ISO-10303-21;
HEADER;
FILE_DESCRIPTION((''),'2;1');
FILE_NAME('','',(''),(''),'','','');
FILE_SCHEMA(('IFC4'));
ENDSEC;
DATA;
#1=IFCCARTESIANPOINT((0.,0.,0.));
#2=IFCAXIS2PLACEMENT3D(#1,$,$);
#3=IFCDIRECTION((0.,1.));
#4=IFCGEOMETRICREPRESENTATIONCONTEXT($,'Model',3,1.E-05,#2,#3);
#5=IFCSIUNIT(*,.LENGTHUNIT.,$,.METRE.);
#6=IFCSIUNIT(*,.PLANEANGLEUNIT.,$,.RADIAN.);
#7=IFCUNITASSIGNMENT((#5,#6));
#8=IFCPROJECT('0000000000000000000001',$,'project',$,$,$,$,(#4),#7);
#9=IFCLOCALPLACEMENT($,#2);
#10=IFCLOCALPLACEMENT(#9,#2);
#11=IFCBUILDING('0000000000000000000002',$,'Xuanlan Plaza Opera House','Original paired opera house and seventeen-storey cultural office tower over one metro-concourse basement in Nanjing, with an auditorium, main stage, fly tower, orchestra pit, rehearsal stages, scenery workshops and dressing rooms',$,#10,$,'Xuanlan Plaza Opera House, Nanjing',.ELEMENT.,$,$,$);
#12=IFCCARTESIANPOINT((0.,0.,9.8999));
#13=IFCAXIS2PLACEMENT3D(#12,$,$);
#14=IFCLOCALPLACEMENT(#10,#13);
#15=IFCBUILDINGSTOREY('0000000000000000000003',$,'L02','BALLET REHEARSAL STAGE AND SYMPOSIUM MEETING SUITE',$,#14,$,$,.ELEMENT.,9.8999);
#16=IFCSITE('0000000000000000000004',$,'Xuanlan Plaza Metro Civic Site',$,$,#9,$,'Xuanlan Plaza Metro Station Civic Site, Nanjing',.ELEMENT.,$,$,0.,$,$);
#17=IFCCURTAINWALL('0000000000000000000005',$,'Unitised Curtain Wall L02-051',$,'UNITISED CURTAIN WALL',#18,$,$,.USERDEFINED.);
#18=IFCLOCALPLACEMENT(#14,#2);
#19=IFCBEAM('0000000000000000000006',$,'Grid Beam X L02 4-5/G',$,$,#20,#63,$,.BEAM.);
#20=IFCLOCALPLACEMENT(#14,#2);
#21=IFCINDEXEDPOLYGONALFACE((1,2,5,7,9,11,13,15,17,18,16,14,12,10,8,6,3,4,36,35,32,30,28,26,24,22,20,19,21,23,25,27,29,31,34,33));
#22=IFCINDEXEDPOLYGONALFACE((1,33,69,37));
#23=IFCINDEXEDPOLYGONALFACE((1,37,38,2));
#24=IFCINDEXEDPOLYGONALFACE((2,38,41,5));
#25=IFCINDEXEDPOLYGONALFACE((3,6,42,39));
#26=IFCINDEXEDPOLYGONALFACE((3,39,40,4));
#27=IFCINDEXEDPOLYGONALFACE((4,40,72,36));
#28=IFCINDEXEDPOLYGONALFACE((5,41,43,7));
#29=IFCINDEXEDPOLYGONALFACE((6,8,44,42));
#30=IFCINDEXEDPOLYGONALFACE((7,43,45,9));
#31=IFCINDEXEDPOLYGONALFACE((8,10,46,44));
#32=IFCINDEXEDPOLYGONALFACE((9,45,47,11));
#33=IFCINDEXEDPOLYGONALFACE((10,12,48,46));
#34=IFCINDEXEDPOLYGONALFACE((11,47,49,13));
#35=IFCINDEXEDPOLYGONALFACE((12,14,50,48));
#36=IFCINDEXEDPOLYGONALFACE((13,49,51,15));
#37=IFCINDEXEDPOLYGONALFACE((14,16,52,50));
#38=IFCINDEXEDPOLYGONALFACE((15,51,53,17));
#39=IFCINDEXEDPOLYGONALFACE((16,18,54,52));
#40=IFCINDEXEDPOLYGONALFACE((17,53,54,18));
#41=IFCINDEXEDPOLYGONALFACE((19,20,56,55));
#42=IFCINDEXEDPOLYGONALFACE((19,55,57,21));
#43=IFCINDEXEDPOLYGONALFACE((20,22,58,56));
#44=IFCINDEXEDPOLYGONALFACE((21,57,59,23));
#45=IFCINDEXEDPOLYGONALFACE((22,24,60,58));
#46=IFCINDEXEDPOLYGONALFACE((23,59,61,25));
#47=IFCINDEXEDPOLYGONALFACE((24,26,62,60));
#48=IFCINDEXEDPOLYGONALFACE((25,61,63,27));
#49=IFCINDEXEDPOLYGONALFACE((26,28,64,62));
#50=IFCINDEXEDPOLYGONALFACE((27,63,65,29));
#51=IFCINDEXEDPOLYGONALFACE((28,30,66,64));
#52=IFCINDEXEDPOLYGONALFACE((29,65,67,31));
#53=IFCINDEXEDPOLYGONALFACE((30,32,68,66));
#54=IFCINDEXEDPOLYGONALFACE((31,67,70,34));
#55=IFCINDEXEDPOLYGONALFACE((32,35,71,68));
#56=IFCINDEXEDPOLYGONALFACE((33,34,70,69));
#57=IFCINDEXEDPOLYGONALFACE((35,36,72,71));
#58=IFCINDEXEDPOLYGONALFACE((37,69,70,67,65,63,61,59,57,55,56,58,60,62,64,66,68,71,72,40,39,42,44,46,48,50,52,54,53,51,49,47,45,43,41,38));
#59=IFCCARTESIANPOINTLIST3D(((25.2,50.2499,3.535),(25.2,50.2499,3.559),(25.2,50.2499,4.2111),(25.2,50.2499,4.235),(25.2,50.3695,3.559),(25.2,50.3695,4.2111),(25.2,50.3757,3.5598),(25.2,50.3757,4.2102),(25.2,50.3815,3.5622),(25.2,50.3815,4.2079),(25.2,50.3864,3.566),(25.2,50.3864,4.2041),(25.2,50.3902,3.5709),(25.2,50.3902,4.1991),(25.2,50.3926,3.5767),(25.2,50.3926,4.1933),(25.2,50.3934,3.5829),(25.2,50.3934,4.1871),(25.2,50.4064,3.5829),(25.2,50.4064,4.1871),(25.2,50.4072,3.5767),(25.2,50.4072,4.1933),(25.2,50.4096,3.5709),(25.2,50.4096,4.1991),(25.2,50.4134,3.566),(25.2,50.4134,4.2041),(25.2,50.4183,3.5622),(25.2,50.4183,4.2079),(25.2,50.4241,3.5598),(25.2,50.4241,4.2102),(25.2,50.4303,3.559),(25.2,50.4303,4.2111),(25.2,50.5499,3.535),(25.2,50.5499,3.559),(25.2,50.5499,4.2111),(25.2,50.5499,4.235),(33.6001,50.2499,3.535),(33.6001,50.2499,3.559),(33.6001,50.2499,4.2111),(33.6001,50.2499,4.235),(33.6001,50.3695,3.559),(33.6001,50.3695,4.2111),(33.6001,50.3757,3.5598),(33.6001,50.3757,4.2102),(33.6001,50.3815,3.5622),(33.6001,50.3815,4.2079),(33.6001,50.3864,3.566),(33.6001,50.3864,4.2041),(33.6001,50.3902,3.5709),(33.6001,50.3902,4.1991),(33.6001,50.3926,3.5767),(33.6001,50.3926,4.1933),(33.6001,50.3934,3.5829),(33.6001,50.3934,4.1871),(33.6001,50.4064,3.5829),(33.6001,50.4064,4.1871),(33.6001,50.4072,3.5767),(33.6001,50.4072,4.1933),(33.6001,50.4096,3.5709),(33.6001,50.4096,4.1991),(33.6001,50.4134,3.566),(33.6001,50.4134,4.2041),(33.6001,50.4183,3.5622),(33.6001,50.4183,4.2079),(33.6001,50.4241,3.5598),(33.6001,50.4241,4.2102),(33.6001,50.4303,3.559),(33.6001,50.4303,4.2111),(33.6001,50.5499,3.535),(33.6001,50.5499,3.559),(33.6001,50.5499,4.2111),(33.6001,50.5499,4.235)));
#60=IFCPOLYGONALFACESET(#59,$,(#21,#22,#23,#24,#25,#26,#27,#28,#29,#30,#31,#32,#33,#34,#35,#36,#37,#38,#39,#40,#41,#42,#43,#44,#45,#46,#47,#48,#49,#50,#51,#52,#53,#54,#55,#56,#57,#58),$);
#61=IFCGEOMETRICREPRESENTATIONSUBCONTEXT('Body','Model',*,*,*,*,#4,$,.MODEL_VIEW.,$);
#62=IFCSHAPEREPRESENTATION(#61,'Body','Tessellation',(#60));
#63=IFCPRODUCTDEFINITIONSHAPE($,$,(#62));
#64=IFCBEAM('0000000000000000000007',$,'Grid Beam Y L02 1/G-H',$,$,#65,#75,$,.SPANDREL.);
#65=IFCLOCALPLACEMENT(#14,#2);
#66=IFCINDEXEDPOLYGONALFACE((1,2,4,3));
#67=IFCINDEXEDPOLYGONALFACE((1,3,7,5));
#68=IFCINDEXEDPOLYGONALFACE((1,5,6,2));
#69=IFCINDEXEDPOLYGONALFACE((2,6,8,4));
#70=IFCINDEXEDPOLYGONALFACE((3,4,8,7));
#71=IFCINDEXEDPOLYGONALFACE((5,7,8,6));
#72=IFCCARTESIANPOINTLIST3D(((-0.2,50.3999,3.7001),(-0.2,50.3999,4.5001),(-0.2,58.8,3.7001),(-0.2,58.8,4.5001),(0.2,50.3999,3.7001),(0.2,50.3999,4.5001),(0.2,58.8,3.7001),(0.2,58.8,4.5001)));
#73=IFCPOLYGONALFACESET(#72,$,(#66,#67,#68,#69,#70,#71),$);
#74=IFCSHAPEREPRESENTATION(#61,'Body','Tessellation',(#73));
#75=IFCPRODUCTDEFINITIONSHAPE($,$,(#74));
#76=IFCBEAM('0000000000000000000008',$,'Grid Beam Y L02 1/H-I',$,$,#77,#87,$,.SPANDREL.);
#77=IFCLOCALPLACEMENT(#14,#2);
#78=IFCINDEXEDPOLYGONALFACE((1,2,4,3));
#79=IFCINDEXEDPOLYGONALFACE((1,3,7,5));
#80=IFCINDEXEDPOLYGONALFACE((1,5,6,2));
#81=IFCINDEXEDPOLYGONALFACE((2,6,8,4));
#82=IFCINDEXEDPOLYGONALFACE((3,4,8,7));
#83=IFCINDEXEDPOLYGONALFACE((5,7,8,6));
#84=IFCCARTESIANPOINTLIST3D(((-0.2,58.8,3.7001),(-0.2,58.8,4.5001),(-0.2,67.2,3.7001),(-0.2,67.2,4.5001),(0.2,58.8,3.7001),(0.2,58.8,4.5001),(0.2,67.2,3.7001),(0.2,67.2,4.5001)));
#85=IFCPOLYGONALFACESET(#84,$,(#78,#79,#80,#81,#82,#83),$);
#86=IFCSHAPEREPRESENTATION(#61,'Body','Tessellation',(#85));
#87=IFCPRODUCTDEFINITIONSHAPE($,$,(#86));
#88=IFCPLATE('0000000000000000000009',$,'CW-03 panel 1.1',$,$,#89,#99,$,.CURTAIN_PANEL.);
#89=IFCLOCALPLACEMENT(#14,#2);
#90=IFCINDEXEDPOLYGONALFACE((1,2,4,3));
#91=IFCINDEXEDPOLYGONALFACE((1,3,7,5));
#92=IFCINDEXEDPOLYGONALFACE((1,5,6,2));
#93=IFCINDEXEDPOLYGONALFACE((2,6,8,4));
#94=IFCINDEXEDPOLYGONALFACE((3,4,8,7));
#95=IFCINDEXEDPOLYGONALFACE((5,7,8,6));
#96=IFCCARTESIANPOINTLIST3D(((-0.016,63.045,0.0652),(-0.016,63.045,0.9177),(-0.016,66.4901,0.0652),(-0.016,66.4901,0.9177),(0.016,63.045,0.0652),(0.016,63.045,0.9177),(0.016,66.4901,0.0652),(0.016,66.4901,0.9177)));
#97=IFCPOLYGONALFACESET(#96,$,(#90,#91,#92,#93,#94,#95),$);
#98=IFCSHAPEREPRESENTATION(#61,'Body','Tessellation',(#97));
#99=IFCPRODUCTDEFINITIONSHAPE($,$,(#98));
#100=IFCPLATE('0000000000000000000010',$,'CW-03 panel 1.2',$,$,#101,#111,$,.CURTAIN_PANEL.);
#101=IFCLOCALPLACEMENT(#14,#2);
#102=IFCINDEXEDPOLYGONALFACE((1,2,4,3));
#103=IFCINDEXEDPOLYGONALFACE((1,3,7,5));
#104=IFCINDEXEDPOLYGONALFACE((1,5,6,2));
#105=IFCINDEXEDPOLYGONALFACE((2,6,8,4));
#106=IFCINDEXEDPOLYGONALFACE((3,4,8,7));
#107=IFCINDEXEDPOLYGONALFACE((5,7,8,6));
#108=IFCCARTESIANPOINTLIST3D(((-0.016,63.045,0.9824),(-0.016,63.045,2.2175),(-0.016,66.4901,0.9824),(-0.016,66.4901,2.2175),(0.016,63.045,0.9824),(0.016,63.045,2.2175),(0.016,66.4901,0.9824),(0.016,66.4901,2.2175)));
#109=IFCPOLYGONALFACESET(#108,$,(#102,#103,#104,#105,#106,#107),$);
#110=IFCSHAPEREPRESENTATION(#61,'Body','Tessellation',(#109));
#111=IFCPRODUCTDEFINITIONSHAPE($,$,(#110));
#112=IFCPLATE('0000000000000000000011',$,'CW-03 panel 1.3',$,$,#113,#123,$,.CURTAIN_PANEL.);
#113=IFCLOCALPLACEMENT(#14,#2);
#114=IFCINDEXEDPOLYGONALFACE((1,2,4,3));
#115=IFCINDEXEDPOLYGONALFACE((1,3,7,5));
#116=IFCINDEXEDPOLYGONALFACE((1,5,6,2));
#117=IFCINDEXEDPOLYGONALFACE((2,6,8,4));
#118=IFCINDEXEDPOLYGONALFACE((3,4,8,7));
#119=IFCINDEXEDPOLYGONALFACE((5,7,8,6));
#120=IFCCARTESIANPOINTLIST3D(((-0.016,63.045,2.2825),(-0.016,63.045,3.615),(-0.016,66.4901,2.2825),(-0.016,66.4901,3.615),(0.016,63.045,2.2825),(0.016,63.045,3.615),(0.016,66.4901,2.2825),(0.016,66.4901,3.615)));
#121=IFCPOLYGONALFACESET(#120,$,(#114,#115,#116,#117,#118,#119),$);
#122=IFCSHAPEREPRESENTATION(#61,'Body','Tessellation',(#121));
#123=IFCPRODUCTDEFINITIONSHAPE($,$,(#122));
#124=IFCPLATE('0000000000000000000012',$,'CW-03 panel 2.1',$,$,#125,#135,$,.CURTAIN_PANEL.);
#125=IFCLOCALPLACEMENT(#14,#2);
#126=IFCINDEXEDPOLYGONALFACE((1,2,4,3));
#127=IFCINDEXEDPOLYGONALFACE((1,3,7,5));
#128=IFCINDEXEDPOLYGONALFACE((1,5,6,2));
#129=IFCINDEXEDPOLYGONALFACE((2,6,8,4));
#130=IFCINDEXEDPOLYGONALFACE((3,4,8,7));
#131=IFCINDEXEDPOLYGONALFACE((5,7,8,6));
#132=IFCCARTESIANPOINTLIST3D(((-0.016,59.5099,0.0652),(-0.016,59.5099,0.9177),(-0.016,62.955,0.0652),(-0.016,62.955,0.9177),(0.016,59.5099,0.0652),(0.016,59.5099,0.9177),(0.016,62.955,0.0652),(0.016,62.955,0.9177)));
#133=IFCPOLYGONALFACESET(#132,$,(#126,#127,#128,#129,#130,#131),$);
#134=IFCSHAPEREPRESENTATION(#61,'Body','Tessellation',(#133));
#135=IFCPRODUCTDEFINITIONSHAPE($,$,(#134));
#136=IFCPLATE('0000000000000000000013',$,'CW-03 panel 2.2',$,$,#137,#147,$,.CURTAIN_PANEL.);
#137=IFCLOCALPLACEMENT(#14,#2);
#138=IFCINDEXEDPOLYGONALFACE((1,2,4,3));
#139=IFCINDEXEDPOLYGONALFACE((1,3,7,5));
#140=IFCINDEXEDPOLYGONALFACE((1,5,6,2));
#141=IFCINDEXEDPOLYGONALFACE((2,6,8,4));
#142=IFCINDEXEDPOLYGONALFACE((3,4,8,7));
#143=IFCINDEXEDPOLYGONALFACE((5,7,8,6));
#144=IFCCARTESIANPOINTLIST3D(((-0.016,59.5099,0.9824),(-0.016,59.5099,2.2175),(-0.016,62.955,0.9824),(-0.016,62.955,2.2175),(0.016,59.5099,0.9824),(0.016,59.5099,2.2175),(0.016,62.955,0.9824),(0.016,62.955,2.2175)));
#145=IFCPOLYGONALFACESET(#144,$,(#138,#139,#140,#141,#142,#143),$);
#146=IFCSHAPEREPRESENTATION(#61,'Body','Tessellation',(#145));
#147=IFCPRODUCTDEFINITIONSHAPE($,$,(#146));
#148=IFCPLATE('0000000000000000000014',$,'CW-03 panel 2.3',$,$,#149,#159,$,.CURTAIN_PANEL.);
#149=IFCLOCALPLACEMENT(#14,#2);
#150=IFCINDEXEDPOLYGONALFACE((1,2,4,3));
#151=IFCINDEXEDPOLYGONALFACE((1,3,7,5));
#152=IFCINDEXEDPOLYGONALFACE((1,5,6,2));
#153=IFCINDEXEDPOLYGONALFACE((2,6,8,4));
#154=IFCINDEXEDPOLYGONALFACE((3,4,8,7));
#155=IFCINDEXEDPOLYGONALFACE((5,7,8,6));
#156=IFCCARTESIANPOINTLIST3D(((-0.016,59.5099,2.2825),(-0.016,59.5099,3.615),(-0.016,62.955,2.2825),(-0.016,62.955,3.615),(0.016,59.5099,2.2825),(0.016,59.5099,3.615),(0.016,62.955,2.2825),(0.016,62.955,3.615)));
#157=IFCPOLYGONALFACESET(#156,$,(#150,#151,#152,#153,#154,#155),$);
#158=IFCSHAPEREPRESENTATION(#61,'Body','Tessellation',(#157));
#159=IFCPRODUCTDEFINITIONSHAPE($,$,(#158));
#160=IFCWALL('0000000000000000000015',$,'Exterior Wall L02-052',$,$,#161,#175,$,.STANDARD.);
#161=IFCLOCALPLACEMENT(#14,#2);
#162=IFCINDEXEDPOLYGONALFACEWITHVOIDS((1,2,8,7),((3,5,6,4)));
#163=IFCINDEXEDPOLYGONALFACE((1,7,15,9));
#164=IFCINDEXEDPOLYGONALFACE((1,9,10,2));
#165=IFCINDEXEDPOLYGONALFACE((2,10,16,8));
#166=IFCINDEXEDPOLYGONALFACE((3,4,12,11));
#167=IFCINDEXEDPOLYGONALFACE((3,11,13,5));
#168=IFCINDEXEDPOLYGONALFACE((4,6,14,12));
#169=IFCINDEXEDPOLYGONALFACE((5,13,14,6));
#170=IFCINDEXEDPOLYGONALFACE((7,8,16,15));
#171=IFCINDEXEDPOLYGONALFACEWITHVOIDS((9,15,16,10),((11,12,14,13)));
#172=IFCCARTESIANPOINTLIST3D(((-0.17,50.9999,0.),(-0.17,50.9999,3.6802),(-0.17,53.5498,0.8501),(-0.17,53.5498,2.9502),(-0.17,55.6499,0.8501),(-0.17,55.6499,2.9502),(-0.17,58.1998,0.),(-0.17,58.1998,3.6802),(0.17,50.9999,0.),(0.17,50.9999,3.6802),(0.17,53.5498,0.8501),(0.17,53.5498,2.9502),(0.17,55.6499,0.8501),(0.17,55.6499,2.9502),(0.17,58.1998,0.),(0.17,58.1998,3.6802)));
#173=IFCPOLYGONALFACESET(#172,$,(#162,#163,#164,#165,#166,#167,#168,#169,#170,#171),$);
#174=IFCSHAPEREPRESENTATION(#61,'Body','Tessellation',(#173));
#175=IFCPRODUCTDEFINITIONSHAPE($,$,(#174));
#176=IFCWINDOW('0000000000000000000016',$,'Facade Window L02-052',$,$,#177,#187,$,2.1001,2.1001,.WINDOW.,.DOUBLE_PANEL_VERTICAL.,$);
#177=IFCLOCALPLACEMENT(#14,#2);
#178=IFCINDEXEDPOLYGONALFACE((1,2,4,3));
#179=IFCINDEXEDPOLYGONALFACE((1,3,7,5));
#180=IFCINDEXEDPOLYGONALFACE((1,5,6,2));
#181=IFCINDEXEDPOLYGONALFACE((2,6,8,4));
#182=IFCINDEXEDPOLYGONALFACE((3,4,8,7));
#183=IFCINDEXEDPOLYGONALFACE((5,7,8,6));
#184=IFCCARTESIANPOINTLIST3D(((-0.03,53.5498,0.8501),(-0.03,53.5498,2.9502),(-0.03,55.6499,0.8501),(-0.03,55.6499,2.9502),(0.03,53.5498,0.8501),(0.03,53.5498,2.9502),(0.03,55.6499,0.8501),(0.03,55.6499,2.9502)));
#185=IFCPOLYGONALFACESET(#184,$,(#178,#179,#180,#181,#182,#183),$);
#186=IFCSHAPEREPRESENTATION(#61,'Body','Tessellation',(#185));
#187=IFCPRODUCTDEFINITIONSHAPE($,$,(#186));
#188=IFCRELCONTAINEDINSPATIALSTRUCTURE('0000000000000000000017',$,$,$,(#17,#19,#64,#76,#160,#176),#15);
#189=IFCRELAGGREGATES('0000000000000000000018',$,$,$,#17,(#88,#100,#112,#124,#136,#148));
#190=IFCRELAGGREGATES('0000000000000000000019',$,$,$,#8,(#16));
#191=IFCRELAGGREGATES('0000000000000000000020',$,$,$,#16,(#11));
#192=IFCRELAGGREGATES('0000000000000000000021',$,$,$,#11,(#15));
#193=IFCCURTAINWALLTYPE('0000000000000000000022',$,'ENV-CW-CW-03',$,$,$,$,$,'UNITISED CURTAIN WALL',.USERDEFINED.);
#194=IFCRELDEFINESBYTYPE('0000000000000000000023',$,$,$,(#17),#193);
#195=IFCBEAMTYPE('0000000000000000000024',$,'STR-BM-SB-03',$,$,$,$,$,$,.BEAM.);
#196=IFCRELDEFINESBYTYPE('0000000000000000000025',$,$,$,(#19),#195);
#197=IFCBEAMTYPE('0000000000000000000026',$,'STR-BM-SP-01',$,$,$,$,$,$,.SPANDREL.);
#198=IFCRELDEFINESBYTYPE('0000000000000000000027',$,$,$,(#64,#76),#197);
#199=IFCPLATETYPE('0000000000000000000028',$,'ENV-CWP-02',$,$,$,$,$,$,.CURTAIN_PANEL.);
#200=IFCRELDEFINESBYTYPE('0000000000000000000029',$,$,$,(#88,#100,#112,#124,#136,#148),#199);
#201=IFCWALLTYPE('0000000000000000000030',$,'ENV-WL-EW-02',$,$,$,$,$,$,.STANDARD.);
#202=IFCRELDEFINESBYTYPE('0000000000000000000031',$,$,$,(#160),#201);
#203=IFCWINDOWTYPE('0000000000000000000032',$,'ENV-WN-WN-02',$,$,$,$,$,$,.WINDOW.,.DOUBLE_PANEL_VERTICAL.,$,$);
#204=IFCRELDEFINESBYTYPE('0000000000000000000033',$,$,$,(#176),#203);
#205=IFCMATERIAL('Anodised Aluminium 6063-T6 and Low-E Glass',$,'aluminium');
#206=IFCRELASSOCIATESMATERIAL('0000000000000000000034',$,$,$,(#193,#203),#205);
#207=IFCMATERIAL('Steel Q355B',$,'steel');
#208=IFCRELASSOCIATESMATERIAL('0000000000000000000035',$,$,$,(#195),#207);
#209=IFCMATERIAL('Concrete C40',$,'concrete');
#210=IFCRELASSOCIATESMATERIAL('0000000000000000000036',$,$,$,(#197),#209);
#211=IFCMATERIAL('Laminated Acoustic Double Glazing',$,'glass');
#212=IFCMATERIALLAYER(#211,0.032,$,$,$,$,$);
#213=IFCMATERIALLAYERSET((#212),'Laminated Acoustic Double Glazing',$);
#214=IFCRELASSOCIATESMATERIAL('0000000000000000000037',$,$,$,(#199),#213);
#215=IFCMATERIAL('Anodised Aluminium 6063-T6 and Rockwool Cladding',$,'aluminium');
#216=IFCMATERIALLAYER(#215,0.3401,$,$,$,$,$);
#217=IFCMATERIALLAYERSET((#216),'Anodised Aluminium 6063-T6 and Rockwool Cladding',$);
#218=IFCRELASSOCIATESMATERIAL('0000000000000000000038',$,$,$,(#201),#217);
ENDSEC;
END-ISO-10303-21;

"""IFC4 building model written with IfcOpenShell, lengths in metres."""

from ifc_helpers import new_model, si_unit, direction, frame, frame_2d, origin, origin_2d, place, context, subcontext, project, spatial, rectangle, i_section, extrude, material, layer, layer_set, material_profile, profile_set, type_object, element, fill, aggregate, save


model = new_model("IFC4")

# Units and contexts
model_context = context("Model", 3, precision=1e-05, world=origin(), true_north=direction((0.0, 1.0)))
body_context = subcontext(model_context, "Body", "Model", "MODEL_VIEW")
ifc_project = project(units=[si_unit("LENGTHUNIT", "METRE"), si_unit("PLANEANGLEUNIT", "RADIAN")], contexts=[model_context])

# Site, building, storey
site_placement = place(None, origin())
site = spatial("IfcSite", under=ifc_project, at=site_placement, Name="Xuanlan Plaza Metro Civic Site", LongName="Xuanlan Plaza Metro Station Civic Site, Nanjing", CompositionType="ELEMENT", RefElevation=0.0)
building_placement = place(site_placement, origin())
building = spatial("IfcBuilding", under=site, at=building_placement, Name="Xuanlan Plaza Opera House", Description="Original paired opera house and seventeen-storey cultural office tower over one metro-concourse basement in Nanjing, with an auditorium, main stage, fly tower, orchestra pit, rehearsal stages, scenery workshops and dressing rooms", LongName="Xuanlan Plaza Opera House, Nanjing", CompositionType="ELEMENT")
storey_placement = place(building_placement, frame((0.0, 0.0, 9.8999)))
storey = spatial("IfcBuildingStorey", under=building, at=storey_placement, Name="L02", Description="BALLET REHEARSAL STAGE AND SYMPOSIUM MEETING SUITE", CompositionType="ELEMENT", Elevation=9.8999)

# Curtain wall
ifc_material_1 = material(Name="Anodised Aluminium 6063-T6 and Low-E Glass", Category="aluminium")
curtain_wall_type = type_object("IfcCurtainWallType", Name="ENV-CW-CW-03", ElementType="UNITISED CURTAIN WALL", PredefinedType="USERDEFINED", material=ifc_material_1)
curtain_wall_placement = place(storey_placement, origin())
curtain_wall = element("IfcCurtainWall", 1, at=curtain_wall_placement, inside=storey, type_object=curtain_wall_type, Name="Unitised Curtain Wall L02-051", ObjectType="UNITISED CURTAIN WALL", PredefinedType="USERDEFINED")

# Beams
ifc_material_2 = material(Name="Steel Q355B", Category="steel")
ifc_material_profile_1 = material_profile(ifc_material_2, i_section(OverallWidth=0.3, OverallDepth=0.7, WebThickness=0.0129, FlangeThickness=0.0239, FilletRadius=0.0239, at=origin_2d()), Name="HN 700x300x13x24")
ifc_profile_set_1 = profile_set([ifc_material_profile_1], Name="Steel Q355B")
beam_type_1 = type_object("IfcBeamType", Name="STR-BM-SB-03", PredefinedType="BEAM", material=ifc_profile_set_1)
beam_1_placement = place(storey_placement, frame((25.2, 50.3999, 3.885), z_axis=(1.0, 0.0, 0.0), x_axis=(0.0, 1.0, 0.0)))
element("IfcBeam", 2, at=beam_1_placement, inside=storey, type_object=beam_type_1, Name="Grid Beam X L02 4-5/G", PredefinedType="BEAM", context=body_context, shape_type="SweptSolid", body=[
    extrude(i_section(OverallWidth=0.3, OverallDepth=0.7, WebThickness=0.0129, FlangeThickness=0.0239, FilletRadius=0.0239, at=origin_2d()), origin(), (0.0, 0.0, 1.0), 8.4001),
])
ifc_material_3 = material(Name="Concrete C40", Category="concrete")
ifc_material_profile_2 = material_profile(ifc_material_3, rectangle(XDim=0.3999, YDim=0.8, at=origin_2d()), Name="RC-SPD 400x800")
ifc_profile_set_2 = profile_set([ifc_material_profile_2], Name="Concrete C40")
beam_type_2 = type_object("IfcBeamType", Name="STR-BM-SP-01", PredefinedType="SPANDREL", material=ifc_profile_set_2)
beam_2_placement = place(storey_placement, frame((0.0, 50.3999, 4.1001), z_axis=(0.0, 1.0, 0.0), x_axis=(-1.0, 0.0, 0.0)))
element("IfcBeam", 3, at=beam_2_placement, inside=storey, type_object=beam_type_2, Name="Grid Beam Y L02 1/G-H", PredefinedType="SPANDREL", context=body_context, shape_type="SweptSolid", body=[
    extrude(rectangle(XDim=0.3999, YDim=0.8, at=origin_2d()), origin(), (0.0, 0.0, 1.0), 8.4001),
])
beam_3_placement = place(storey_placement, frame((0.0, 58.8, 4.1001), z_axis=(0.0, 1.0, 0.0), x_axis=(-1.0, 0.0, 0.0)))
element("IfcBeam", 4, at=beam_3_placement, inside=storey, type_object=beam_type_2, Name="Grid Beam Y L02 1/H-I", PredefinedType="SPANDREL", context=body_context, shape_type="SweptSolid", body=[
    extrude(rectangle(XDim=0.3999, YDim=0.8, at=origin_2d()), origin(), (0.0, 0.0, 1.0), 8.3999),
])

# Plates
ifc_material_4 = material(Name="Laminated Acoustic Double Glazing", Category="glass")
ifc_layer_1 = layer(ifc_material_4, 0.032)
ifc_layer_set_1 = layer_set([ifc_layer_1], Name="Laminated Acoustic Double Glazing")
plate_type = type_object("IfcPlateType", Name="ENV-CWP-02", PredefinedType="CURTAIN_PANEL", material=ifc_layer_set_1)
plate_1_placement = place(storey_placement, frame((0.0, 64.7676, 0.0652), z_axis=(0.0, 0.0, 1.0), x_axis=(0.0, -1.0, 0.0)))
plate_1 = element("IfcPlate", 5, at=plate_1_placement, type_object=plate_type, Name="CW-03 panel 1.1", PredefinedType="CURTAIN_PANEL", context=body_context, shape_type="SweptSolid", body=[
    extrude(rectangle(XDim=3.4451, YDim=0.032, at=origin_2d()), origin(), (0.0, 0.0, 1.0), 0.8525),
])
plate_2_placement = place(storey_placement, frame((0.0, 64.7676, 0.9824), z_axis=(0.0, 0.0, 1.0), x_axis=(0.0, -1.0, 0.0)))
plate_2 = element("IfcPlate", 6, at=plate_2_placement, type_object=plate_type, Name="CW-03 panel 1.2", PredefinedType="CURTAIN_PANEL", context=body_context, shape_type="SweptSolid", body=[
    extrude(rectangle(XDim=3.4451, YDim=0.032, at=origin_2d()), origin(), (0.0, 0.0, 1.0), 1.2351),
])
plate_3_placement = place(storey_placement, frame((0.0, 64.7676, 2.2825), z_axis=(0.0, 0.0, 1.0), x_axis=(0.0, -1.0, 0.0)))
plate_3 = element("IfcPlate", 7, at=plate_3_placement, type_object=plate_type, Name="CW-03 panel 1.3", PredefinedType="CURTAIN_PANEL", context=body_context, shape_type="SweptSolid", body=[
    extrude(rectangle(XDim=3.4451, YDim=0.032, at=origin_2d()), origin(), (0.0, 0.0, 1.0), 1.3325),
])
plate_4_placement = place(storey_placement, frame((0.0, 61.2324, 0.0652), z_axis=(0.0, 0.0, 1.0), x_axis=(0.0, -1.0, 0.0)))
plate_4 = element("IfcPlate", 8, at=plate_4_placement, type_object=plate_type, Name="CW-03 panel 2.1", PredefinedType="CURTAIN_PANEL", context=body_context, shape_type="SweptSolid", body=[
    extrude(rectangle(XDim=3.4451, YDim=0.032, at=origin_2d()), origin(), (0.0, 0.0, 1.0), 0.8525),
])
plate_5_placement = place(storey_placement, frame((0.0, 61.2324, 0.9824), z_axis=(0.0, 0.0, 1.0), x_axis=(0.0, -1.0, 0.0)))
plate_5 = element("IfcPlate", 9, at=plate_5_placement, type_object=plate_type, Name="CW-03 panel 2.2", PredefinedType="CURTAIN_PANEL", context=body_context, shape_type="SweptSolid", body=[
    extrude(rectangle(XDim=3.4451, YDim=0.032, at=origin_2d()), origin(), (0.0, 0.0, 1.0), 1.2351),
])
plate_6_placement = place(storey_placement, frame((0.0, 61.2324, 2.2825), z_axis=(0.0, 0.0, 1.0), x_axis=(0.0, -1.0, 0.0)))
plate_6 = element("IfcPlate", 10, at=plate_6_placement, type_object=plate_type, Name="CW-03 panel 2.3", PredefinedType="CURTAIN_PANEL", context=body_context, shape_type="SweptSolid", body=[
    extrude(rectangle(XDim=3.4451, YDim=0.032, at=origin_2d()), origin(), (0.0, 0.0, 1.0), 1.3325),
])
aggregate(curtain_wall, [plate_1, plate_2, plate_3, plate_4, plate_5, plate_6])

# Wall, opening, window
ifc_material_5 = material(Name="Anodised Aluminium 6063-T6 and Rockwool Cladding", Category="aluminium")
ifc_layer_2 = layer(ifc_material_5, 0.3401)
ifc_layer_set_2 = layer_set([ifc_layer_2], Name="Anodised Aluminium 6063-T6 and Rockwool Cladding")
wall_type_1 = type_object("IfcWallType", Name="ENV-WL-EW-02", PredefinedType="STANDARD", material=ifc_layer_set_2)
wall_1_placement = place(storey_placement, frame((0.0, 58.2, 0.0), z_axis=(0.0, 0.0, 1.0), x_axis=(0.0, -1.0, 0.0)))
wall_1 = element("IfcWall", 11, at=wall_1_placement, inside=storey, type_object=wall_type_1, Name="Exterior Wall L02-052", PredefinedType="STANDARD", context=body_context, shape_type="SweptSolid", body=[
    extrude(rectangle(XDim=7.2, YDim=0.3401, at=frame_2d((3.6001, 0.0))), origin(), (0.0, 0.0, 1.0), 3.6802),
])
opening_1_placement = place(wall_1_placement, frame((2.55, 0.0, 0.8501)))
opening_1 = element("IfcOpeningElement", 12, at=opening_1_placement, cuts=wall_1, PredefinedType="OPENING", context=body_context, shape_type="SweptSolid", body=[
    extrude(rectangle(XDim=2.1001, YDim=2.1001, at=frame_2d((1.05, 1.05))), frame((0.0, 0.1799, 0.0), z_axis=(0.0, -1.0, 0.0), x_axis=(1.0, 0.0, 0.0)), (0.0, 0.0, 1.0), 0.3601),
])
window_type_1 = type_object("IfcWindowType", Name="ENV-WN-WN-02", PartitioningType="DOUBLE_PANEL_VERTICAL", PredefinedType="WINDOW", material=ifc_material_1)
window_1_placement = place(opening_1_placement, origin())
window_1 = element("IfcWindow", 13, at=window_1_placement, inside=storey, type_object=window_type_1, Name="Facade Window L02-052", OverallHeight=2.1001, OverallWidth=2.1001, PartitioningType="DOUBLE_PANEL_VERTICAL", PredefinedType="WINDOW", context=body_context, shape_type="SweptSolid", body=[
    extrude(rectangle(XDim=2.1001, YDim=2.1001, at=frame_2d((1.05, 1.05))), frame((0.0, 0.03, 0.0), z_axis=(0.0, -1.0, 0.0), x_axis=(1.0, 0.0, 0.0)), (0.0, 0.0, 1.0), 0.0601),
])
fill(opening_1, window_1)

save(model, "model.ifc")
